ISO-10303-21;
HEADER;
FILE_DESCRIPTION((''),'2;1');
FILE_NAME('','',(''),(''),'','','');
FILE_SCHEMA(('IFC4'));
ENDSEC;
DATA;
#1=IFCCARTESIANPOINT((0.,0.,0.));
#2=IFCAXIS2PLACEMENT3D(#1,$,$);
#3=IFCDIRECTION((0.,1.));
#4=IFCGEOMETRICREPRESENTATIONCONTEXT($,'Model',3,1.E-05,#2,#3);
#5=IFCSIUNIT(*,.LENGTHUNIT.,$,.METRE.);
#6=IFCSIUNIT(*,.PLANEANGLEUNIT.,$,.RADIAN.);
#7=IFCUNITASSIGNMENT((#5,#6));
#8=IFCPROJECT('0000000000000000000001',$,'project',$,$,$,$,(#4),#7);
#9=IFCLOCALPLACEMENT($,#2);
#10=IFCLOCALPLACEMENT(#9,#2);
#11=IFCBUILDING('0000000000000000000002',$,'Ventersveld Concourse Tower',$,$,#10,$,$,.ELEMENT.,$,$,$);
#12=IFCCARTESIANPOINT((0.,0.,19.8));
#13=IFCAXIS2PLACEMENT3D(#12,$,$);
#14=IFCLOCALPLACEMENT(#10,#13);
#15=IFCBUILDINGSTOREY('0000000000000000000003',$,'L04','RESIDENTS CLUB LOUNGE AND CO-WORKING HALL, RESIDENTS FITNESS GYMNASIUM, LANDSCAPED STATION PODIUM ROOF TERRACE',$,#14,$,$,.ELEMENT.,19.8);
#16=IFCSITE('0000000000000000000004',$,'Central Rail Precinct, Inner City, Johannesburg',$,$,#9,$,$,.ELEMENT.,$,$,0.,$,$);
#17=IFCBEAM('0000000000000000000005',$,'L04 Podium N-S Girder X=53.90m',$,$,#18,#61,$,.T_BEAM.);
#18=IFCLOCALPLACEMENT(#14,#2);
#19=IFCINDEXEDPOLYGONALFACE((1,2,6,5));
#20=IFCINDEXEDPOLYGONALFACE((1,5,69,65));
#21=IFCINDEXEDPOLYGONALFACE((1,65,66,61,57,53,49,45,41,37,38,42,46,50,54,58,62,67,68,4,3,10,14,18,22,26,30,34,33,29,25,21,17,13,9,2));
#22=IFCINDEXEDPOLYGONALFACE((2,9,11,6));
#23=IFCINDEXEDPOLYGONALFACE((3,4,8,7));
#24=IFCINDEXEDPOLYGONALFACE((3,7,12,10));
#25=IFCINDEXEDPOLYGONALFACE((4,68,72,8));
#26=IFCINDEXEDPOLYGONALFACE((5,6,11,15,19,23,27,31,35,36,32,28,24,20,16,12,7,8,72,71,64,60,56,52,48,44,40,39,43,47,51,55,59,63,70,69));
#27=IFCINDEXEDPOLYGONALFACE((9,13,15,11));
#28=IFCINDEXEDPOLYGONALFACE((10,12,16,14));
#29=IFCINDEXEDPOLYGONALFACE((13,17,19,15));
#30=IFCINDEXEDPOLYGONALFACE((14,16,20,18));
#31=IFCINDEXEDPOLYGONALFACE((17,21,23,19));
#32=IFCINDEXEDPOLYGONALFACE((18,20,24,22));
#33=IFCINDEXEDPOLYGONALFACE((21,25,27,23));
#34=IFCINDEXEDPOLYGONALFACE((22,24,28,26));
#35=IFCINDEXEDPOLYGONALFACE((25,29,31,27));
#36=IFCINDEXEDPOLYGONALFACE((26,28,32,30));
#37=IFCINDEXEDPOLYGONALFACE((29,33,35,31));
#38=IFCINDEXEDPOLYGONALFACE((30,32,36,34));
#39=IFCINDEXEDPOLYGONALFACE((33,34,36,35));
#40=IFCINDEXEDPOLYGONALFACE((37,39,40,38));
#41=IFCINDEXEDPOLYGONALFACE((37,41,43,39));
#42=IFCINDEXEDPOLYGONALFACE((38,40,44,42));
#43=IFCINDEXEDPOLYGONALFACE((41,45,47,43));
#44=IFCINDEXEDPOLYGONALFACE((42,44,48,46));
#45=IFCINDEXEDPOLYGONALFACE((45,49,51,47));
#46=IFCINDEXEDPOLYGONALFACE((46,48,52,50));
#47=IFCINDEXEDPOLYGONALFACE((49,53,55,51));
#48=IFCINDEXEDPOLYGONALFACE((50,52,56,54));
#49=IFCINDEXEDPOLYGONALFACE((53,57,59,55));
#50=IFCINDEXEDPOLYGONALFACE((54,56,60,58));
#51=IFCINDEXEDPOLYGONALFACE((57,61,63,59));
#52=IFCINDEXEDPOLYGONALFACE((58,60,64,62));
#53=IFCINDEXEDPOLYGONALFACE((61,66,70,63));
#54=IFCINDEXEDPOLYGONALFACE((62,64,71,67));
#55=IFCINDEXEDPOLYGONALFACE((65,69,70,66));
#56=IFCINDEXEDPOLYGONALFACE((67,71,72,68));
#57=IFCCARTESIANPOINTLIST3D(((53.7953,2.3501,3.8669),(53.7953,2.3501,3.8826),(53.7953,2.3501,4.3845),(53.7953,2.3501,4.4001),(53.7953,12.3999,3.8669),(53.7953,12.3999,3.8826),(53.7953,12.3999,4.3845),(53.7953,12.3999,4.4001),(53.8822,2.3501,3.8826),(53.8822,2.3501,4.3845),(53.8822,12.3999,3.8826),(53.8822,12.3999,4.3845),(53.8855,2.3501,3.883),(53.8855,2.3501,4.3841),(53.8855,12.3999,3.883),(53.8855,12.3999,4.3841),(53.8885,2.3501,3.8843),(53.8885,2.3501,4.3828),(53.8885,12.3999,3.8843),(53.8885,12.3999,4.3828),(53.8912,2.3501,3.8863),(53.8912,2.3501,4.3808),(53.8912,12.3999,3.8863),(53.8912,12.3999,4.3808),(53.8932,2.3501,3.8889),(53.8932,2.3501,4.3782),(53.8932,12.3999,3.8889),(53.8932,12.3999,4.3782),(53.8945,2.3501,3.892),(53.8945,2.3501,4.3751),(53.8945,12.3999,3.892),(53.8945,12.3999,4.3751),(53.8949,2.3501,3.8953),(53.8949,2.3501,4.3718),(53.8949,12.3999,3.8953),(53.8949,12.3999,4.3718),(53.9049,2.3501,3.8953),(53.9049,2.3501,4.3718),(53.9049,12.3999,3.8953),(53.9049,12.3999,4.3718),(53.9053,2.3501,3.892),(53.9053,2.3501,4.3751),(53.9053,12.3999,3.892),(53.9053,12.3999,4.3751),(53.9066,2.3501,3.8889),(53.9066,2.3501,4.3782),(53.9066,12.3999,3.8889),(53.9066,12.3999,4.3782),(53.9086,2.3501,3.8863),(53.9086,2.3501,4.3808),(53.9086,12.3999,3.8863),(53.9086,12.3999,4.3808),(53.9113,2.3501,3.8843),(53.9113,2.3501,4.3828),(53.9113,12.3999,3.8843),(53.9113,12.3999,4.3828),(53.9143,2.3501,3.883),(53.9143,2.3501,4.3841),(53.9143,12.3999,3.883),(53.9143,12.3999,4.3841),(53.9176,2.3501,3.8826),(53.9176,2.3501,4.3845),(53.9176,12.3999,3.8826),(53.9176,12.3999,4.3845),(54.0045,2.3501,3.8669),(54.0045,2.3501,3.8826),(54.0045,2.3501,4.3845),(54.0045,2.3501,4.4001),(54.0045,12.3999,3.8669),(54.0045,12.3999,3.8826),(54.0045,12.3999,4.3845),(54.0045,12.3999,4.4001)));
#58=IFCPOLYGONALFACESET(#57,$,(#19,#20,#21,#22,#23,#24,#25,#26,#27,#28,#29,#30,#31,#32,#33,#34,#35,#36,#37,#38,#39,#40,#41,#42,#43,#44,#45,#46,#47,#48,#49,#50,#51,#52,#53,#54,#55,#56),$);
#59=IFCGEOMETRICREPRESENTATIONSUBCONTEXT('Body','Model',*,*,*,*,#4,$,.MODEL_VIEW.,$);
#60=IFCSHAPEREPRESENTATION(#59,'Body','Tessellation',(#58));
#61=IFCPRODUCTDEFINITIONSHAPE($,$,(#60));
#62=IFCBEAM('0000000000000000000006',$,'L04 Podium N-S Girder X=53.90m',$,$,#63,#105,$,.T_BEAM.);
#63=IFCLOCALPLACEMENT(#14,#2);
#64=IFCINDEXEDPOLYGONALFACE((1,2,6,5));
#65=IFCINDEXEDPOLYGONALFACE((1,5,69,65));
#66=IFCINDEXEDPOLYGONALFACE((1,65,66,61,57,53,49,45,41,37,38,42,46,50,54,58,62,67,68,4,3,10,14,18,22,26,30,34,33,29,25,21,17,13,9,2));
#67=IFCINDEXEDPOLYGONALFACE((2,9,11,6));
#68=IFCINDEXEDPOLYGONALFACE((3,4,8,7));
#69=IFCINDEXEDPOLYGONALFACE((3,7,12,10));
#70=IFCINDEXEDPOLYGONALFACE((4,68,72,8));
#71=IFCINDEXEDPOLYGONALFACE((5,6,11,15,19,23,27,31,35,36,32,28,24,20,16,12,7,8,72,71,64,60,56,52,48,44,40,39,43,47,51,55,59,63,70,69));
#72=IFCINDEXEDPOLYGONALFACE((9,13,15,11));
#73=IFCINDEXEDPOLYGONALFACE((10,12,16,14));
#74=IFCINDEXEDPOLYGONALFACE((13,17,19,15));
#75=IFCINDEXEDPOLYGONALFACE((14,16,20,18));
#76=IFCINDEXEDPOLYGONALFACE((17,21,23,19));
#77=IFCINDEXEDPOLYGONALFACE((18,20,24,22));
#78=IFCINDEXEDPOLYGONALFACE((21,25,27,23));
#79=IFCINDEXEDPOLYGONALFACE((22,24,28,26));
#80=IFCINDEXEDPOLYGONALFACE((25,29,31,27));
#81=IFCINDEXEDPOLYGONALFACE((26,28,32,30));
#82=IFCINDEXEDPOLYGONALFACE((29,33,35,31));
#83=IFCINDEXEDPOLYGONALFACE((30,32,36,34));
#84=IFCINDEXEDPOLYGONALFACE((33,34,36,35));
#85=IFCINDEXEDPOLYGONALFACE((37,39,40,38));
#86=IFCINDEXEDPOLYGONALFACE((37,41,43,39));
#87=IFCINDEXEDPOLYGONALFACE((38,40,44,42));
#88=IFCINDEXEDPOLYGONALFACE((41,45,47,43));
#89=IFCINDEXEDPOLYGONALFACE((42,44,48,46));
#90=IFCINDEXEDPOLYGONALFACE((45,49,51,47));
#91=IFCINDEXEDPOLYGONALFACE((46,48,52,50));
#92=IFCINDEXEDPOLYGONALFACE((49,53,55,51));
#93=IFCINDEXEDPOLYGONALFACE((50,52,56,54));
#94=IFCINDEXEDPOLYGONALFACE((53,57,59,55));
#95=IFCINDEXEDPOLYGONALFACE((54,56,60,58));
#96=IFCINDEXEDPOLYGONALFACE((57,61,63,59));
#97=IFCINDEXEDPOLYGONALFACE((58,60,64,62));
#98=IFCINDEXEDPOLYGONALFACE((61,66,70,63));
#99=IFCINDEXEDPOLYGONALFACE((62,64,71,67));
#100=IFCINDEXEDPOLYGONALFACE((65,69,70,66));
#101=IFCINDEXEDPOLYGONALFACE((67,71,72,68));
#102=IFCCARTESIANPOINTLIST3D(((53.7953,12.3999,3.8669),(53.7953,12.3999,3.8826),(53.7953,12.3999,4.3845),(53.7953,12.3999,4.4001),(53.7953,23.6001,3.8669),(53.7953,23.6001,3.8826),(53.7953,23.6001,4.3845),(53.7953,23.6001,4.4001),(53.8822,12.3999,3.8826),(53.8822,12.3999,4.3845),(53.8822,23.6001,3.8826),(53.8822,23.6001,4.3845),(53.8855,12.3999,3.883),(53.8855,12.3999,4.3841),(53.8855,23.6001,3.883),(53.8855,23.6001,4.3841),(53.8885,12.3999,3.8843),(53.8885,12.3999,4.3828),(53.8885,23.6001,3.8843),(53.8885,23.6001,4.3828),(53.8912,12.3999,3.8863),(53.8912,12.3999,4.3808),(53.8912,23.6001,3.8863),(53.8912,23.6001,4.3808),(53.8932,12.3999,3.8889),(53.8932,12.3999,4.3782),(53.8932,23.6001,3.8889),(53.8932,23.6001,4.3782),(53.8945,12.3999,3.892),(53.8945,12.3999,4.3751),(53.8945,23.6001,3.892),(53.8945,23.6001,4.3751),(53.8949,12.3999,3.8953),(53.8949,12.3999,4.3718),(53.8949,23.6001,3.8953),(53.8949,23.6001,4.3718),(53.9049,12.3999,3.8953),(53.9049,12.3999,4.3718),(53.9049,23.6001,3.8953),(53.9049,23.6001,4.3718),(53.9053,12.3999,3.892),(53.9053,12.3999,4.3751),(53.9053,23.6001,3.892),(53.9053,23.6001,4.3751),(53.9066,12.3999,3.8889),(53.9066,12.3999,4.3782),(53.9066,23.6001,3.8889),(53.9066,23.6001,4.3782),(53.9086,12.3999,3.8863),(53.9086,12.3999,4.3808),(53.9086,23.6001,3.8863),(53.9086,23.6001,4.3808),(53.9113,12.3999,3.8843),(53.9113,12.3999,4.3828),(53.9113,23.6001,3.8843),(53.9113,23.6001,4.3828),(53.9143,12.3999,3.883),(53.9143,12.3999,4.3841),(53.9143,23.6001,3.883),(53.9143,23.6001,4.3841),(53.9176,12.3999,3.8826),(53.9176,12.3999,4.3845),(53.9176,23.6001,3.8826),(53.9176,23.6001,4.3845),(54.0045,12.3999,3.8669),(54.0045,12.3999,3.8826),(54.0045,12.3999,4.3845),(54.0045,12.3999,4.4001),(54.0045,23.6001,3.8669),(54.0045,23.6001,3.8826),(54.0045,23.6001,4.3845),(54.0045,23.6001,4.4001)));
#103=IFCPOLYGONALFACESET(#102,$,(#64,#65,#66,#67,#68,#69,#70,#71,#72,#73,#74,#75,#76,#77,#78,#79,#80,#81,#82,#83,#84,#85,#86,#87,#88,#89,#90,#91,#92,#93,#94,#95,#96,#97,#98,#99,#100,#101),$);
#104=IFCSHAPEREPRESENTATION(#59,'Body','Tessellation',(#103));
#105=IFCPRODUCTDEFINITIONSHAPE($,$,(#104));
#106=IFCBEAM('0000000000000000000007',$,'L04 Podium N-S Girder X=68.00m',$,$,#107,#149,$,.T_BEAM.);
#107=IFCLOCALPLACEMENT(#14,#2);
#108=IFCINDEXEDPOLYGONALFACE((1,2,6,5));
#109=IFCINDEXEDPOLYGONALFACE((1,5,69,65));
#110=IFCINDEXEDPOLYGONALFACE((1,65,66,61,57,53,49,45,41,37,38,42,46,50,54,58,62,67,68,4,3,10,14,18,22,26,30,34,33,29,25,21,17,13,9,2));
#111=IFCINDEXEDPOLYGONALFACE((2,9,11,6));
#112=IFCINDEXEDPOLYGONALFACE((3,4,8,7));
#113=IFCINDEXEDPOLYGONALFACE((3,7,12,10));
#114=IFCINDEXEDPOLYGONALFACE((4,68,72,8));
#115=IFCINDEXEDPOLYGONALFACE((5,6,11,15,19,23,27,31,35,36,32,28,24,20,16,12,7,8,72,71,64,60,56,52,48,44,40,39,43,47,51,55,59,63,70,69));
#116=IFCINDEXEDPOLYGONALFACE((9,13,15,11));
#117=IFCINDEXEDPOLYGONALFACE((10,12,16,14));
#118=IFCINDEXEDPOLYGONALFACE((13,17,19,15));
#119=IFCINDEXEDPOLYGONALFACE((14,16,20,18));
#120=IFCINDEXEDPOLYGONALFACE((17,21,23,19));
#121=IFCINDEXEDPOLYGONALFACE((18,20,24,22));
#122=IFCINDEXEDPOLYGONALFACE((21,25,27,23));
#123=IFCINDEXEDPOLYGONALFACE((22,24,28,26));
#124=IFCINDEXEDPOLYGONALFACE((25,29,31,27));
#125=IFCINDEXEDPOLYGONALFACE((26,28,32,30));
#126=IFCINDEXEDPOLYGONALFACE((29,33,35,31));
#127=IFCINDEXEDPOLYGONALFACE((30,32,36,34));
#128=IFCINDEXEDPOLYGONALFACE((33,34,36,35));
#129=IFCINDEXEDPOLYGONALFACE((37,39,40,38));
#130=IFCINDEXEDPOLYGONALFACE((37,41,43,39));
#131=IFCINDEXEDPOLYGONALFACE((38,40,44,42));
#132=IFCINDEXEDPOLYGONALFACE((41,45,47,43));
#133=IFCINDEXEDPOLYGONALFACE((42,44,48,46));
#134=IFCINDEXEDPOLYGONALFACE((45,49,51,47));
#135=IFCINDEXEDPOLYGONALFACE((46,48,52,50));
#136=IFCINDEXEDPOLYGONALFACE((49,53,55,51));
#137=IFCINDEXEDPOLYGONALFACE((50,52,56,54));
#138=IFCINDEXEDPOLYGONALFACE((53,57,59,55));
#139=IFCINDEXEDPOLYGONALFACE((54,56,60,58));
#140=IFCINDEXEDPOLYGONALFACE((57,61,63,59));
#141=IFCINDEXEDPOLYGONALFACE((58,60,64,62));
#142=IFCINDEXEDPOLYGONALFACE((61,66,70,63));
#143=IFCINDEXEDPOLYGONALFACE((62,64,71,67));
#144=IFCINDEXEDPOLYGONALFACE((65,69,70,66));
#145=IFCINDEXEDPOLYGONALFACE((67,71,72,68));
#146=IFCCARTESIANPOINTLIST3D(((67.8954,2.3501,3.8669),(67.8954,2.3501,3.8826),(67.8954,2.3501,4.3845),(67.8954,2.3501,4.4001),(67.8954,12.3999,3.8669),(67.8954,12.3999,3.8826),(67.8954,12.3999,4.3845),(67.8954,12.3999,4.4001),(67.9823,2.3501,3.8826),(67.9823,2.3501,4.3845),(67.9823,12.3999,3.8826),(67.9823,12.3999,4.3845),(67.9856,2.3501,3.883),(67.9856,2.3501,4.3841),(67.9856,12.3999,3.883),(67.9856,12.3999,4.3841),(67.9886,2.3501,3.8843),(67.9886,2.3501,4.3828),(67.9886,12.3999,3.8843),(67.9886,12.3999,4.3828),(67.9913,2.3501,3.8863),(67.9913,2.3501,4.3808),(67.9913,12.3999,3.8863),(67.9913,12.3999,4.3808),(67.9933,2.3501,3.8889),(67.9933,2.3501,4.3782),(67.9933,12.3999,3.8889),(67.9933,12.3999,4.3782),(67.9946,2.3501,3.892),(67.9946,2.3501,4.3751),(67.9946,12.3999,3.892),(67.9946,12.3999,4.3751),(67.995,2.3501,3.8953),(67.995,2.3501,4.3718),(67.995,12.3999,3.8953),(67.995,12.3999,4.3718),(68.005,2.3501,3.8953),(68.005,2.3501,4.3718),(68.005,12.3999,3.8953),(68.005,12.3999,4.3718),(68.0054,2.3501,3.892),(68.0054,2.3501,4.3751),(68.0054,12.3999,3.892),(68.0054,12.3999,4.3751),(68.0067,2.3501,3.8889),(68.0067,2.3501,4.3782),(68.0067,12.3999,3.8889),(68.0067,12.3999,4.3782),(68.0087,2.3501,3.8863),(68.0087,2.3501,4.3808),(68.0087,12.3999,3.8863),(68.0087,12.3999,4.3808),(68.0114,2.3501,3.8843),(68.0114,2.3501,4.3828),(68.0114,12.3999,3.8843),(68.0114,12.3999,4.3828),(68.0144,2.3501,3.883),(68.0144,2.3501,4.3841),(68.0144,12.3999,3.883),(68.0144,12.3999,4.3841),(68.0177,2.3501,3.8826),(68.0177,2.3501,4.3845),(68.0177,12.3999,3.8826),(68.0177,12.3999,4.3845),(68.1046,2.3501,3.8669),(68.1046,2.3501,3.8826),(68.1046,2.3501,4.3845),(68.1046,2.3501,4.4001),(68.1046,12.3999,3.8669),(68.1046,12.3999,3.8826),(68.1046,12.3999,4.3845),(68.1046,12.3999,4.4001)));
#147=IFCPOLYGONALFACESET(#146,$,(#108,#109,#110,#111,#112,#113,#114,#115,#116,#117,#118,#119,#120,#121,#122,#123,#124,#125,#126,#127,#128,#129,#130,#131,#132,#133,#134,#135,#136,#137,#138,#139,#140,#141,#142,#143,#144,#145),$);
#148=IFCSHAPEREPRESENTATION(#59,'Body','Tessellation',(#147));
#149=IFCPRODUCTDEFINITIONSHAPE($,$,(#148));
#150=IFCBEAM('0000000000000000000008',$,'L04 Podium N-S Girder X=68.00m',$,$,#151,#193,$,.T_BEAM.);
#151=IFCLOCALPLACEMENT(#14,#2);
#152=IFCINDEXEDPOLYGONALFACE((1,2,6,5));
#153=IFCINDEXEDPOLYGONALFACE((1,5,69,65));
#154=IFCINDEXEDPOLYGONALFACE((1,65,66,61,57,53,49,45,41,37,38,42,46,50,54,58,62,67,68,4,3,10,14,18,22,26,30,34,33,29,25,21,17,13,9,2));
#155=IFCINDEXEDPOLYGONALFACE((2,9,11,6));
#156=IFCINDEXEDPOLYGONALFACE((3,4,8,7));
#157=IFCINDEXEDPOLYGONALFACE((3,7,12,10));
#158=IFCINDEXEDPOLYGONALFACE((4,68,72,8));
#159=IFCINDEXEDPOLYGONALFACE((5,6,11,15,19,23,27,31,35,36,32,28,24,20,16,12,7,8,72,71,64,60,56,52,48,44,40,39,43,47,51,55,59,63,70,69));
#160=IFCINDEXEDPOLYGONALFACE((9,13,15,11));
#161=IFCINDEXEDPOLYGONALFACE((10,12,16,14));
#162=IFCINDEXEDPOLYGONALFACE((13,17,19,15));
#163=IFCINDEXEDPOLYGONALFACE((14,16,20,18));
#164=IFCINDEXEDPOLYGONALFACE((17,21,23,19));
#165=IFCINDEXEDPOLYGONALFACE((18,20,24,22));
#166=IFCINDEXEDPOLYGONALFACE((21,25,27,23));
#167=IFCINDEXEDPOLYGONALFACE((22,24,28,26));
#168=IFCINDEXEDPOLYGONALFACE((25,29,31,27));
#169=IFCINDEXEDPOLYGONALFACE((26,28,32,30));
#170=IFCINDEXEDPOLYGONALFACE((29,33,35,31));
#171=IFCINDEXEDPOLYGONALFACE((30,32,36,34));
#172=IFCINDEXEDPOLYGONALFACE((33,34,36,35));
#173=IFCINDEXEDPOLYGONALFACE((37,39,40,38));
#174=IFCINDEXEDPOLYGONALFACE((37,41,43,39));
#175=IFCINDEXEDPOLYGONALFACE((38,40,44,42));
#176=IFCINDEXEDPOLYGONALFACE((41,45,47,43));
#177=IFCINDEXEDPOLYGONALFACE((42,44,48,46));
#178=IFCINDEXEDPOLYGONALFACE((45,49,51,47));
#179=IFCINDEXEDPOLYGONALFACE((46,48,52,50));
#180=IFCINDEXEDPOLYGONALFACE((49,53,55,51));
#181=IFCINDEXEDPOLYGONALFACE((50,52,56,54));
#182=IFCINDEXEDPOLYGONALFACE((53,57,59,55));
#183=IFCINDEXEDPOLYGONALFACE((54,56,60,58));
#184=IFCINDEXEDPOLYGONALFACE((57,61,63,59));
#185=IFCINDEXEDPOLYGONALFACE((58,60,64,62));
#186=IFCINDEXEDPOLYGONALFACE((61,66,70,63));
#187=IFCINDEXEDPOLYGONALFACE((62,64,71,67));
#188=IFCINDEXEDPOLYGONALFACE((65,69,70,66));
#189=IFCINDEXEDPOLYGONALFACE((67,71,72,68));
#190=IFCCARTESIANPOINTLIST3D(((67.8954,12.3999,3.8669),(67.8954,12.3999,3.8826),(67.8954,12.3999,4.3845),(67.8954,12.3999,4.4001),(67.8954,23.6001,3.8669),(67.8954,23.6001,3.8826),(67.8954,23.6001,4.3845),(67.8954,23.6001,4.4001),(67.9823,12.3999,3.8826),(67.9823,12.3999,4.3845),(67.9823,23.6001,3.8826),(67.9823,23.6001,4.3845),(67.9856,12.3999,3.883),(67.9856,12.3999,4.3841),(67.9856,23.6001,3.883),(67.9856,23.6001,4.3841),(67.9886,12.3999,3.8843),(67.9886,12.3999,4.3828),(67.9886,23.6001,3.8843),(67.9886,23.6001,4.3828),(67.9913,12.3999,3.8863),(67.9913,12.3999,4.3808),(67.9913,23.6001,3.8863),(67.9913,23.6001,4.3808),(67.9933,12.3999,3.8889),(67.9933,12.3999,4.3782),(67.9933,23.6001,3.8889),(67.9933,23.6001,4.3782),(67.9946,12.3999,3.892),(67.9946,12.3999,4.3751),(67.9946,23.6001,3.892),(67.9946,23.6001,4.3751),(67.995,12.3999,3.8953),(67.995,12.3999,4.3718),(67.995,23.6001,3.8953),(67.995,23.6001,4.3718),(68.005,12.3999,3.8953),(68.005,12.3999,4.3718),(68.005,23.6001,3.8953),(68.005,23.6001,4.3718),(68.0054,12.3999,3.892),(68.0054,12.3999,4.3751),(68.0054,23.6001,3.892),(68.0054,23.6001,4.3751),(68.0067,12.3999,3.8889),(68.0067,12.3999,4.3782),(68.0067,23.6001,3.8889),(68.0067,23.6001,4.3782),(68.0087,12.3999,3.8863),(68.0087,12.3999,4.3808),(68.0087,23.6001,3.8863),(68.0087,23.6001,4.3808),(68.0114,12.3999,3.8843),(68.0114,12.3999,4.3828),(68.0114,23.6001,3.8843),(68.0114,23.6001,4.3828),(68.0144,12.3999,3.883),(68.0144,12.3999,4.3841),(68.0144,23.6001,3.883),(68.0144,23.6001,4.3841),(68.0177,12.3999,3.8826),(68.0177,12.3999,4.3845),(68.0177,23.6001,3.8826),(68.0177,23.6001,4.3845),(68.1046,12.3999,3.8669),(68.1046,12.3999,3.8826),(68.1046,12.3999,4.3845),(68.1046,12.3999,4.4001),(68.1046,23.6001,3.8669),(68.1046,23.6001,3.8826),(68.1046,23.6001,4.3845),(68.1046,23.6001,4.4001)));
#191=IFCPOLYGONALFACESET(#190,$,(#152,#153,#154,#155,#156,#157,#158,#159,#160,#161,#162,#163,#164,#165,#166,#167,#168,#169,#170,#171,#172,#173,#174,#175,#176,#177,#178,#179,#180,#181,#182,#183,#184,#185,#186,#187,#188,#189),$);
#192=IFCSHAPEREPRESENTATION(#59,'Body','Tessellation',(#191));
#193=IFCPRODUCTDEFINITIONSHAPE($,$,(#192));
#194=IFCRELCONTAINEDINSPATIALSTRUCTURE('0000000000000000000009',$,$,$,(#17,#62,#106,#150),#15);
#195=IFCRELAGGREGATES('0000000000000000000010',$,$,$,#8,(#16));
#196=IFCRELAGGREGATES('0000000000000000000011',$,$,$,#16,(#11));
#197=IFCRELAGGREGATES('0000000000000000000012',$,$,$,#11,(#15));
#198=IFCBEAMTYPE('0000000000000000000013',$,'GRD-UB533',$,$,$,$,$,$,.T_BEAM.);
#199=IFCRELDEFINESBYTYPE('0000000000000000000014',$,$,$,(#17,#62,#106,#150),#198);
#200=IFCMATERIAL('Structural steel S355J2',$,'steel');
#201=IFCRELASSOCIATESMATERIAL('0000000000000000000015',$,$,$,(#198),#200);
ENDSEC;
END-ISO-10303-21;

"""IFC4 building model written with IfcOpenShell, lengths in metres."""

from ifc_helpers import new_model, si_unit, direction, frame, origin, origin_2d, place, context, subcontext, project, spatial, i_section, extrude, material, material_profile, profile_set, type_object, element, save


model = new_model("IFC4")

# Units and contexts
model_context = context("Model", 3, precision=1e-05, world=origin(), true_north=direction((0.0, 1.0)))
body_context = subcontext(model_context, "Body", "Model", "MODEL_VIEW")
ifc_project = project(units=[si_unit("LENGTHUNIT", "METRE"), si_unit("PLANEANGLEUNIT", "RADIAN")], contexts=[model_context])

# Site, building, storey
site_placement = place(None, origin())
site = spatial("IfcSite", under=ifc_project, at=site_placement, Name="Central Rail Precinct, Inner City, Johannesburg", CompositionType="ELEMENT", RefElevation=0.0)
building_placement = place(site_placement, origin())
building = spatial("IfcBuilding", under=site, at=building_placement, Name="Ventersveld Concourse Tower", CompositionType="ELEMENT")
storey_placement = place(building_placement, frame((0.0, 0.0, 19.8)))
storey = spatial("IfcBuildingStorey", under=building, at=storey_placement, Name="L04", Description="RESIDENTS CLUB LOUNGE AND CO-WORKING HALL, RESIDENTS FITNESS GYMNASIUM, LANDSCAPED STATION PODIUM ROOF TERRACE", CompositionType="ELEMENT", Elevation=19.8)

# Beams
ifc_material_1 = material(Name="Structural steel S355J2", Category="steel")
ifc_material_profile_1 = material_profile(ifc_material_1, i_section(OverallWidth=0.2092, OverallDepth=0.5332, WebThickness=0.01, FlangeThickness=0.0156, FilletRadius=0.0127, at=origin_2d()), Name="UB 533x210x92")
ifc_profile_set_1 = profile_set([ifc_material_profile_1], Name="Structural steel S355J2")
beam_type_1 = type_object("IfcBeamType", Name="GRD-UB533", PredefinedType="T_BEAM", material=ifc_profile_set_1)
beam_1_placement = place(storey_placement, frame((53.8999, 2.3501, 4.1335), z_axis=(0.0, 1.0, 0.0), x_axis=(-1.0, 0.0, 0.0)))
element("IfcBeam", 1, at=beam_1_placement, inside=storey, type_object=beam_type_1, Name="L04 Podium N-S Girder X=53.90m", PredefinedType="T_BEAM", context=body_context, shape_type="SweptSolid", body=[
    extrude(i_section(OverallWidth=0.2092, OverallDepth=0.5332, WebThickness=0.01, FlangeThickness=0.0156, FilletRadius=0.0127, at=origin_2d()), origin(), (0.0, 0.0, 1.0), 10.0498),
])
beam_2_placement = place(storey_placement, frame((53.8999, 12.3999, 4.1335), z_axis=(0.0, 1.0, 0.0), x_axis=(-1.0, 0.0, 0.0)))
element("IfcBeam", 2, at=beam_2_placement, inside=storey, type_object=beam_type_1, Name="L04 Podium N-S Girder X=53.90m", PredefinedType="T_BEAM", context=body_context, shape_type="SweptSolid", body=[
    extrude(i_section(OverallWidth=0.2092, OverallDepth=0.5332, WebThickness=0.01, FlangeThickness=0.0156, FilletRadius=0.0127, at=origin_2d()), origin(), (0.0, 0.0, 1.0), 11.2002),
])
beam_3_placement = place(storey_placement, frame((68.0, 2.3501, 4.1335), z_axis=(0.0, 1.0, 0.0), x_axis=(-1.0, 0.0, 0.0)))
element("IfcBeam", 3, at=beam_3_placement, inside=storey, type_object=beam_type_1, Name="L04 Podium N-S Girder X=68.00m", PredefinedType="T_BEAM", context=body_context, shape_type="SweptSolid", body=[
    extrude(i_section(OverallWidth=0.2092, OverallDepth=0.5332, WebThickness=0.01, FlangeThickness=0.0156, FilletRadius=0.0127, at=origin_2d()), origin(), (0.0, 0.0, 1.0), 10.0498),
])
beam_4_placement = place(storey_placement, frame((68.0, 12.3999, 4.1335), z_axis=(0.0, 1.0, 0.0), x_axis=(-1.0, 0.0, 0.0)))
element("IfcBeam", 4, at=beam_4_placement, inside=storey, type_object=beam_type_1, Name="L04 Podium N-S Girder X=68.00m", PredefinedType="T_BEAM", context=body_context, shape_type="SweptSolid", body=[
    extrude(i_section(OverallWidth=0.2092, OverallDepth=0.5332, WebThickness=0.01, FlangeThickness=0.0156, FilletRadius=0.0127, at=origin_2d()), origin(), (0.0, 0.0, 1.0), 11.2002),
])

save(model, "model.ifc")
